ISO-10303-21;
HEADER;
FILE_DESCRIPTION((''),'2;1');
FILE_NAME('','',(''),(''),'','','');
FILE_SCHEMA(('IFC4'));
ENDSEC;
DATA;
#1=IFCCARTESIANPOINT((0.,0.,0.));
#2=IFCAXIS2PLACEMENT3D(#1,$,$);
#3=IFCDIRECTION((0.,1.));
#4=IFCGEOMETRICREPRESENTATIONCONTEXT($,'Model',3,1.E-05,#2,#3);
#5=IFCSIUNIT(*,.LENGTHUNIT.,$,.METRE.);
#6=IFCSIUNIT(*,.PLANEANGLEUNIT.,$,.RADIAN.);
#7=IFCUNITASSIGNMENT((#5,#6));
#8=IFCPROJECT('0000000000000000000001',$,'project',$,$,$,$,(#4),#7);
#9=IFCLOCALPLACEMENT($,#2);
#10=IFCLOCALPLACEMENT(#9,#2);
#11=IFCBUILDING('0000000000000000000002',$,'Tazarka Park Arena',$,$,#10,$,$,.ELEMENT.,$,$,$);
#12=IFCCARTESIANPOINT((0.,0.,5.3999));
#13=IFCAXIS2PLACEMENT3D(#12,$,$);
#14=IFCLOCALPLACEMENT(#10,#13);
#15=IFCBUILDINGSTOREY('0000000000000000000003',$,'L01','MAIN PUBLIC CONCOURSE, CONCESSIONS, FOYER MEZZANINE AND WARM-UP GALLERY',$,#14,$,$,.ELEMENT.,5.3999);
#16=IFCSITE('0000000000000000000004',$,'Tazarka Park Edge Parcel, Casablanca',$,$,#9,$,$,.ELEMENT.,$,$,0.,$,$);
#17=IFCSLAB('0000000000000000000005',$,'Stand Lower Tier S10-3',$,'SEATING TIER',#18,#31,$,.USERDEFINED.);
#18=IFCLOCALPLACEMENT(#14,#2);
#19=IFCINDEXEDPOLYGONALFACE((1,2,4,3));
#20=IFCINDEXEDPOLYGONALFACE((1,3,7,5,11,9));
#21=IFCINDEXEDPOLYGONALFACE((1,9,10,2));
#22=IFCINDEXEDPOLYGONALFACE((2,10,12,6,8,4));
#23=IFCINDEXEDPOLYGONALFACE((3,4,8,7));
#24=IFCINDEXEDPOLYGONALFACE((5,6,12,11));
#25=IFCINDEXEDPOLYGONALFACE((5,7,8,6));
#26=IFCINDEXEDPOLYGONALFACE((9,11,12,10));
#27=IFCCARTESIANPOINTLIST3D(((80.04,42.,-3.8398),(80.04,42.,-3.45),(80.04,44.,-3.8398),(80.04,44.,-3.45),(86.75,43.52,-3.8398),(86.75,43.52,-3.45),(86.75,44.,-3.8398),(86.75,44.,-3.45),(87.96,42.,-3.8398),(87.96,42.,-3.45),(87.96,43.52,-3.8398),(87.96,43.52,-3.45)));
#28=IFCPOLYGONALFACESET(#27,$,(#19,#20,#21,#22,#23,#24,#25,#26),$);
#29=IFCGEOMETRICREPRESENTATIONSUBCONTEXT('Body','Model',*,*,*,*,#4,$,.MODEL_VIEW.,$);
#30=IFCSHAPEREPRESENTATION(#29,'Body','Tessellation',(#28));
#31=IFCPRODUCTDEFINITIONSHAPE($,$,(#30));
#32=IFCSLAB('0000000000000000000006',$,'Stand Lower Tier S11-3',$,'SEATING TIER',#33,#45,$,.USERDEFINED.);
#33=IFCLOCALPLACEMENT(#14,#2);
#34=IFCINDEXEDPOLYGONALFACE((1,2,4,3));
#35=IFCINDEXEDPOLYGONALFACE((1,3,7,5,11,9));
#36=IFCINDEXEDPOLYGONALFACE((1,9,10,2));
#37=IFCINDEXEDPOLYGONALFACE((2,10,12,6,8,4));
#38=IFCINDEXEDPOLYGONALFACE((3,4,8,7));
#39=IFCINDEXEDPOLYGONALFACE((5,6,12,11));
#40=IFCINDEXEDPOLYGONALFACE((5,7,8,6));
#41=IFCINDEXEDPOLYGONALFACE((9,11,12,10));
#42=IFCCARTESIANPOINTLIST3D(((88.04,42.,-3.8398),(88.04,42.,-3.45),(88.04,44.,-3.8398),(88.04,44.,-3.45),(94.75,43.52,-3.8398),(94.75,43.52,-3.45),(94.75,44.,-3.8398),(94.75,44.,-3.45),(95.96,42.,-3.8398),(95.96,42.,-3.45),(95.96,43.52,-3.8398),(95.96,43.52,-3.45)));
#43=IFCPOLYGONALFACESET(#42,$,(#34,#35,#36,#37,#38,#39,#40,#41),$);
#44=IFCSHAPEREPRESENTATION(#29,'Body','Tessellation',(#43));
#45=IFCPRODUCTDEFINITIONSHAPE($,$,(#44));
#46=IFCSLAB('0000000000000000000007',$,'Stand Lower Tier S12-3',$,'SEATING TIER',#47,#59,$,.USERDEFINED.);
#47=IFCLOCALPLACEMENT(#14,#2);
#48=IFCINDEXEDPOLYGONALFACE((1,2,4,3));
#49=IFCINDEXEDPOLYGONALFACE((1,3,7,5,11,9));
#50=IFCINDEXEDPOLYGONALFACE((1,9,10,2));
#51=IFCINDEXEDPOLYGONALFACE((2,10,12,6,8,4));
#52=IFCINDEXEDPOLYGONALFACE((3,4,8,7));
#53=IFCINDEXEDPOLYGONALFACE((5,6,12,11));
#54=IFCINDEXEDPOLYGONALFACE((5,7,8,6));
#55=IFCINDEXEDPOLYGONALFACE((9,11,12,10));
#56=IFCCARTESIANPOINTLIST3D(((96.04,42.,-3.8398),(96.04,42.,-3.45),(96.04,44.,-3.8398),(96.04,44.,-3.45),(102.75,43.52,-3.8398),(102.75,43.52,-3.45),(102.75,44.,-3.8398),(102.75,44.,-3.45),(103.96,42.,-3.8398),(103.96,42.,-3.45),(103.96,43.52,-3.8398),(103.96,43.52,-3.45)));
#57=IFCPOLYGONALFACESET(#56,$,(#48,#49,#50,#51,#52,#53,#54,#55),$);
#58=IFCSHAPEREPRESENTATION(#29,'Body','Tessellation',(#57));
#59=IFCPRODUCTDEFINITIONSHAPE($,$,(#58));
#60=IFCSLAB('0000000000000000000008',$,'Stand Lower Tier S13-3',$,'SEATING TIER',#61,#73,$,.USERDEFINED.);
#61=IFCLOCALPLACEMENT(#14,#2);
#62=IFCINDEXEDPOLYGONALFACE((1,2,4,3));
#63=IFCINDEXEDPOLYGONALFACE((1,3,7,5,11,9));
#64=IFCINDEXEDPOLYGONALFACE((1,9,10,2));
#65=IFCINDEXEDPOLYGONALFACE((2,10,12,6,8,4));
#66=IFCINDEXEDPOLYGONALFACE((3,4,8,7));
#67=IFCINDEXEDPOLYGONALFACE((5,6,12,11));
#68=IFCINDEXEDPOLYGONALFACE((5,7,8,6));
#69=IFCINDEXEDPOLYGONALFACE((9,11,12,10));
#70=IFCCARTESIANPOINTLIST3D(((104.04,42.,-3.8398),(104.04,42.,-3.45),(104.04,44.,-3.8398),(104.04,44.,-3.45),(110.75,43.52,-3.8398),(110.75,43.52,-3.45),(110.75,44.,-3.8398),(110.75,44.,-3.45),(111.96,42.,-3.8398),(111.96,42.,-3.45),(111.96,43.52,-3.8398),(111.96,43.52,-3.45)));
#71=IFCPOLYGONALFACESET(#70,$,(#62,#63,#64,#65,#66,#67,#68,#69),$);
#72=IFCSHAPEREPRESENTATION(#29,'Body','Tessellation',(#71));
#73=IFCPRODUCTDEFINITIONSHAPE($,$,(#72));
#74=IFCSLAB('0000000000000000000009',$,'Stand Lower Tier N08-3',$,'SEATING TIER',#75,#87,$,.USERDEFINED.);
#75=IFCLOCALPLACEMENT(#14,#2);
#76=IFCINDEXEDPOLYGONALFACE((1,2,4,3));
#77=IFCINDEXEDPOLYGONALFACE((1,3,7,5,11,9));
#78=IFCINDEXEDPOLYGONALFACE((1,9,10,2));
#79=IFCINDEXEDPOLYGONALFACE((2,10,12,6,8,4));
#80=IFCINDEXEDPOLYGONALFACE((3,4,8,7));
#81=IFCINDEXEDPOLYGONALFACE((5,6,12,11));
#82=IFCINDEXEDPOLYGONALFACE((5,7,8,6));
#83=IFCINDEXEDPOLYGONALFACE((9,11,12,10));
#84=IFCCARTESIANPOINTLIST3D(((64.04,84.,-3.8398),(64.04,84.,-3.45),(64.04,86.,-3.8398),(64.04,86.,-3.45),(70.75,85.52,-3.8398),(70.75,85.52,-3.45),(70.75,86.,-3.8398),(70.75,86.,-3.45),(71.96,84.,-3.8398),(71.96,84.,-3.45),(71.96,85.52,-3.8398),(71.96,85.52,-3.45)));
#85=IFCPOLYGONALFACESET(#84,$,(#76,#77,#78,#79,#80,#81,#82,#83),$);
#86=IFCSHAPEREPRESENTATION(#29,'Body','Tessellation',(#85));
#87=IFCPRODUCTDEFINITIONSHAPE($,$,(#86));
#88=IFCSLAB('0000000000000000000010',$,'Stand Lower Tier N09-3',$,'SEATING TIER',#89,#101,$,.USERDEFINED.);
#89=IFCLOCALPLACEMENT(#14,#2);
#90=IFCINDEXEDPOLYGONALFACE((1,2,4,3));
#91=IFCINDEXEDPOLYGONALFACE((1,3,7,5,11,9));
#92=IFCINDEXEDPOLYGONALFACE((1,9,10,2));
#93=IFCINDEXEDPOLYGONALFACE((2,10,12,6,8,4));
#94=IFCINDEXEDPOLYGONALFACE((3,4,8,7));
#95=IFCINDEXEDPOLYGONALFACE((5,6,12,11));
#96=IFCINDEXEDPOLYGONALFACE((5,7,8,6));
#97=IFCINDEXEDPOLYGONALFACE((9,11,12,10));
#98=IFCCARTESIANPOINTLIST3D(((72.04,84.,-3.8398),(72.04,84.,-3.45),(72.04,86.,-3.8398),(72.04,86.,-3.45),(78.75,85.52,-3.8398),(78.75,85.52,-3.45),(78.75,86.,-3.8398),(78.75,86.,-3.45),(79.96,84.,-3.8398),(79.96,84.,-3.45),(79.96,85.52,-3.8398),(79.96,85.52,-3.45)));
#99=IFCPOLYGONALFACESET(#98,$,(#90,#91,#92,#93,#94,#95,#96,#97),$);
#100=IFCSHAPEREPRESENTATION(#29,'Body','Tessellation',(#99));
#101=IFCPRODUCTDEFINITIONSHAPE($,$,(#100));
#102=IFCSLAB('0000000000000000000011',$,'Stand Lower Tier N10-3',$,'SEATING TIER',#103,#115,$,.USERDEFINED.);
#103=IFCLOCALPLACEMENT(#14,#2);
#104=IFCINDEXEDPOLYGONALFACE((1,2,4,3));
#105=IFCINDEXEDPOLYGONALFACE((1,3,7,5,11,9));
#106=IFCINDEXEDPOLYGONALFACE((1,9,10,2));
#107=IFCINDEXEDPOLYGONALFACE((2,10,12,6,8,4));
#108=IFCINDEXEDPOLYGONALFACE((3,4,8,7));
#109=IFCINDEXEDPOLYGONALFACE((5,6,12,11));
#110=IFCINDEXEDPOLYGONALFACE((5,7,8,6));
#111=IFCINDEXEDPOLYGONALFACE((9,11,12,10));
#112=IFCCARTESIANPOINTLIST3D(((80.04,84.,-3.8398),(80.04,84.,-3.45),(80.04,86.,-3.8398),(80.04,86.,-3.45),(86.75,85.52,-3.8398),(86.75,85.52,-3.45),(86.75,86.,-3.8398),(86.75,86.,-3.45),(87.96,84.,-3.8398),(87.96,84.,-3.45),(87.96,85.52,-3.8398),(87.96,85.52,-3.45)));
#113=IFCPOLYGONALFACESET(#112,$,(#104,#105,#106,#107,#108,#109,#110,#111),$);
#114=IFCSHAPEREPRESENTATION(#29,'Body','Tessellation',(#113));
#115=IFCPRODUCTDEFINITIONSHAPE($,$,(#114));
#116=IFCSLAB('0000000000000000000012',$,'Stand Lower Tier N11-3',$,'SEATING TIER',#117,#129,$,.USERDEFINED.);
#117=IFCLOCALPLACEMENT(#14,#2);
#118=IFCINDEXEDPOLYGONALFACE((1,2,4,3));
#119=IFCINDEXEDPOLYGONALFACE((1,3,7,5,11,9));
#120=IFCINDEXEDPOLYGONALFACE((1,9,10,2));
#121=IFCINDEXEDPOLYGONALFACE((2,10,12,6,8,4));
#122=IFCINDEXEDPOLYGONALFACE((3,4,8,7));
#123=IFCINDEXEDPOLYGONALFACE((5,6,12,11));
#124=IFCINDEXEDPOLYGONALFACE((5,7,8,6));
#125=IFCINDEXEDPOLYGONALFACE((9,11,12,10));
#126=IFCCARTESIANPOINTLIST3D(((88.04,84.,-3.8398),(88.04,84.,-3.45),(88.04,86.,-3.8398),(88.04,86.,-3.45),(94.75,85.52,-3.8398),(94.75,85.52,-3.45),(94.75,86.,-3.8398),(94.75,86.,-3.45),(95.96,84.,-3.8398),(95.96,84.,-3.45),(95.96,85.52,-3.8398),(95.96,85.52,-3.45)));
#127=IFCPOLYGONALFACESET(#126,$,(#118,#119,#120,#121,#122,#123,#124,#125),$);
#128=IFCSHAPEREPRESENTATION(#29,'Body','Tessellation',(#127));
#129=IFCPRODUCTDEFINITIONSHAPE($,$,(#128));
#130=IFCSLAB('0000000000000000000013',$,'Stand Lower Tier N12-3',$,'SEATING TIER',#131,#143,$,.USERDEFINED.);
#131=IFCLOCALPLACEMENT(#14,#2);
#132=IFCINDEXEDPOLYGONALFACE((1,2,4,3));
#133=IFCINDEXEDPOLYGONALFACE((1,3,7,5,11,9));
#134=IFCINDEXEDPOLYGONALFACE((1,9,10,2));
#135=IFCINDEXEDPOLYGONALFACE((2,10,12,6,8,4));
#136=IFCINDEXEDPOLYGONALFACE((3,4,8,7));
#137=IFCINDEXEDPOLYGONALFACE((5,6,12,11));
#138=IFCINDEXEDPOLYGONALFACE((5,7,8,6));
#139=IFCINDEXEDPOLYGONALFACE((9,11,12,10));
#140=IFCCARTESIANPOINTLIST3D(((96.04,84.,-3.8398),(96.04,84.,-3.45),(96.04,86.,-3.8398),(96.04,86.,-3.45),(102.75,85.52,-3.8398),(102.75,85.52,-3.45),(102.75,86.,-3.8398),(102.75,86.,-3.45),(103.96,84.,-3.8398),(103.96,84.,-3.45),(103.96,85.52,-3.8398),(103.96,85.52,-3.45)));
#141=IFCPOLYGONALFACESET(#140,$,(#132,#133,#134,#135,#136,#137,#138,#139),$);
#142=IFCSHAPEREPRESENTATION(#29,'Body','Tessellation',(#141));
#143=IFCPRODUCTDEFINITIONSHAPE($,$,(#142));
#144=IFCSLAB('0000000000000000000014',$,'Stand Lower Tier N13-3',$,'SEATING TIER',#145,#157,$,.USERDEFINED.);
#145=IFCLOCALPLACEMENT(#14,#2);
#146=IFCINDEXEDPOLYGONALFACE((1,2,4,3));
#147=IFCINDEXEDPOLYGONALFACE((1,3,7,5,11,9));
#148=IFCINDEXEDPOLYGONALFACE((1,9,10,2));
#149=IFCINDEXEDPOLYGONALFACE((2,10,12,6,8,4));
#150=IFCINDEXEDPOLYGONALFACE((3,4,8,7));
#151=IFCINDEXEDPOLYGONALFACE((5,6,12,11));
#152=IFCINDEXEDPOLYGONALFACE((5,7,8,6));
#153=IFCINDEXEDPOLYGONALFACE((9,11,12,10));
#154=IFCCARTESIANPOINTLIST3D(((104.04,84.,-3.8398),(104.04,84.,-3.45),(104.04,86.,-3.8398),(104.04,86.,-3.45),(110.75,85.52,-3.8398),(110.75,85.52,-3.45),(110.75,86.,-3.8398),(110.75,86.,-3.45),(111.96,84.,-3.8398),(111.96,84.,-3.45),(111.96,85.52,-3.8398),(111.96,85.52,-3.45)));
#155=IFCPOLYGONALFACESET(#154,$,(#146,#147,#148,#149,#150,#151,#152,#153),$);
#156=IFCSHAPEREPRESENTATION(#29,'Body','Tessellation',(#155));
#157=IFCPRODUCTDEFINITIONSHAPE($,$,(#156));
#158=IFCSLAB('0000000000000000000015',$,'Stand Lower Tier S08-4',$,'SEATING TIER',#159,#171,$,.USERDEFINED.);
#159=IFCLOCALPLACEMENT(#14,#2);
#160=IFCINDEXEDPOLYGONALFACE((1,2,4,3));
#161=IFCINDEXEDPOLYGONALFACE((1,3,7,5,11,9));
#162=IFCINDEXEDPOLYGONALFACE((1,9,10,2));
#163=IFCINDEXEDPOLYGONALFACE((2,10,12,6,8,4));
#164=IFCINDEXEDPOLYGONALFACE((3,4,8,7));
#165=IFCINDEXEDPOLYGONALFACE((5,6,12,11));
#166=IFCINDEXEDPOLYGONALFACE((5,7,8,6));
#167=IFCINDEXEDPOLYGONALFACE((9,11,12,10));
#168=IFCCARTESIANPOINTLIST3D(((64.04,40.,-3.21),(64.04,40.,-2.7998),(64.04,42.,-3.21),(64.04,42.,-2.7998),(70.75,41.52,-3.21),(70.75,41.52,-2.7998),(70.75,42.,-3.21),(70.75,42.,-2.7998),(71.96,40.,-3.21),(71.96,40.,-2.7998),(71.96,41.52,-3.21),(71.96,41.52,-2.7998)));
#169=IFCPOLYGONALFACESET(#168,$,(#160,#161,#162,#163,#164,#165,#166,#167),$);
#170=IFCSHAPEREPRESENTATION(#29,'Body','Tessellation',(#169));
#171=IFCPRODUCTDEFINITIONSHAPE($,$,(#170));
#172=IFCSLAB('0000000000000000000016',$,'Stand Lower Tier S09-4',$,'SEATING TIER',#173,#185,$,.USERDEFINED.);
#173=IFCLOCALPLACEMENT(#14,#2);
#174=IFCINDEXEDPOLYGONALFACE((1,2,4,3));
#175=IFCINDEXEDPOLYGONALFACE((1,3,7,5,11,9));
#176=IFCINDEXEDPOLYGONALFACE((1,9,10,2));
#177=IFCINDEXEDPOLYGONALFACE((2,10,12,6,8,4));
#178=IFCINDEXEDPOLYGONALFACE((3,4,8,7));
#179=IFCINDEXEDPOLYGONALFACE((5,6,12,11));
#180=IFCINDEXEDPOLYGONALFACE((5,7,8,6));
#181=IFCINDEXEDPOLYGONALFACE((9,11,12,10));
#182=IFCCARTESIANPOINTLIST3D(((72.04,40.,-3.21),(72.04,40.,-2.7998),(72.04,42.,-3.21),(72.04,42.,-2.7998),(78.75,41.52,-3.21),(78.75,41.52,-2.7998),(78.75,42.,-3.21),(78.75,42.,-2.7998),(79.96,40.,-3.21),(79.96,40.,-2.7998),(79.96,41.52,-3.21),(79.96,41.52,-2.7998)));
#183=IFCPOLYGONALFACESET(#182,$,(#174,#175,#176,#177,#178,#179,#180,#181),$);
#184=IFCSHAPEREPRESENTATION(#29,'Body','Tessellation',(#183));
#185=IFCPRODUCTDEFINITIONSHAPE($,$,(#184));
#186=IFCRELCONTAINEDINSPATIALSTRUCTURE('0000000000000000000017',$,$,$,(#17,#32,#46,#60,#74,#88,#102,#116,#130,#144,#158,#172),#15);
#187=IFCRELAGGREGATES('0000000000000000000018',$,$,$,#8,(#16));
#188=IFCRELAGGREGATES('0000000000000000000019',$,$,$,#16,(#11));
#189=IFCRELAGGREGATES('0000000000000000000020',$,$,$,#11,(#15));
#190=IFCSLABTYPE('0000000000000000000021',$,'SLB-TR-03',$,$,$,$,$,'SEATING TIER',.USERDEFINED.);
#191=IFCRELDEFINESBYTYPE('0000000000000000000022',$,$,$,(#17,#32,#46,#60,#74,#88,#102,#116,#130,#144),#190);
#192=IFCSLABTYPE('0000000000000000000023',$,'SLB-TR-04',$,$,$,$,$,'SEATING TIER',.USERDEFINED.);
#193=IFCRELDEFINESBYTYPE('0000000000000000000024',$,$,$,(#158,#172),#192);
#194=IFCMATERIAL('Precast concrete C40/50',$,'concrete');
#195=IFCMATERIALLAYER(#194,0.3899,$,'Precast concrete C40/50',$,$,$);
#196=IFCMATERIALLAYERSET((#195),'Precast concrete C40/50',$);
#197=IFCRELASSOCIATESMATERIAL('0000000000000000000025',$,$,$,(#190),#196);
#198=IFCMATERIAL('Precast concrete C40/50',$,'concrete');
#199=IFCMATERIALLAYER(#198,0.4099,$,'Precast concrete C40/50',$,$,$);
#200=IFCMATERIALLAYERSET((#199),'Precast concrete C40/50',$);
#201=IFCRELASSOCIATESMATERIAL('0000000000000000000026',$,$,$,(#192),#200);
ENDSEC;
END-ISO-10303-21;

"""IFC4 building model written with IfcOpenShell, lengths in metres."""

from ifc_helpers import new_model, si_unit, direction, frame, origin, place, context, subcontext, project, spatial, polyline, outline, extrude, material, layer, layer_set, type_object, element, save


model = new_model("IFC4")

# Units and contexts
model_context = context("Model", 3, precision=1e-05, world=origin(), true_north=direction((0.0, 1.0)))
body_context = subcontext(model_context, "Body", "Model", "MODEL_VIEW")
ifc_project = project(units=[si_unit("LENGTHUNIT", "METRE"), si_unit("PLANEANGLEUNIT", "RADIAN")], contexts=[model_context])

# Site, building, storey
site_placement = place(None, origin())
site = spatial("IfcSite", under=ifc_project, at=site_placement, Name="Tazarka Park Edge Parcel, Casablanca", CompositionType="ELEMENT", RefElevation=0.0)
building_placement = place(site_placement, origin())
building = spatial("IfcBuilding", under=site, at=building_placement, Name="Tazarka Park Arena", CompositionType="ELEMENT")
storey_placement = place(building_placement, frame((0.0, 0.0, 5.3999)))
storey = spatial("IfcBuildingStorey", under=building, at=storey_placement, Name="L01", Description="MAIN PUBLIC CONCOURSE, CONCESSIONS, FOYER MEZZANINE AND WARM-UP GALLERY", CompositionType="ELEMENT", Elevation=5.3999)

# Slabs
ifc_material_1 = material(Name="Precast concrete C40/50", Category="concrete")
ifc_layer_1 = layer(ifc_material_1, 0.3899, Name="Precast concrete C40/50")
ifc_layer_set_1 = layer_set([ifc_layer_1], Name="Precast concrete C40/50")
slab_type_1 = type_object("IfcSlabType", Name="SLB-TR-03", ElementType="SEATING TIER", PredefinedType="USERDEFINED", material=ifc_layer_set_1)
slab_1_placement = place(storey_placement, frame((0.0, 0.0, -3.8398)))
element("IfcSlab", 1, at=slab_1_placement, inside=storey, type_object=slab_type_1, Name="Stand Lower Tier S10-3", ObjectType="SEATING TIER", PredefinedType="USERDEFINED", context=body_context, shape_type="SweptSolid", body=[
    extrude(outline(polyline([(80.04, 42.0), (87.96, 42.0), (87.96, 43.52), (86.75, 43.52), (86.75, 44.0), (80.04, 44.0), (80.04, 42.0)])), origin(), (0.0, 0.0, 1.0), 0.3899),
])
slab_2_placement = place(storey_placement, frame((0.0, 0.0, -3.8398)))
element("IfcSlab", 2, at=slab_2_placement, inside=storey, type_object=slab_type_1, Name="Stand Lower Tier S11-3", ObjectType="SEATING TIER", PredefinedType="USERDEFINED", context=body_context, shape_type="SweptSolid", body=[
    extrude(outline(polyline([(88.04, 42.0), (95.96, 42.0), (95.96, 43.52), (94.75, 43.52), (94.75, 44.0), (88.04, 44.0), (88.04, 42.0)])), origin(), (0.0, 0.0, 1.0), 0.3899),
])
slab_3_placement = place(storey_placement, frame((0.0, 0.0, -3.8398)))
element("IfcSlab", 3, at=slab_3_placement, inside=storey, type_object=slab_type_1, Name="Stand Lower Tier S12-3", ObjectType="SEATING TIER", PredefinedType="USERDEFINED", context=body_context, shape_type="SweptSolid", body=[
    extrude(outline(polyline([(96.04, 42.0), (103.96, 42.0), (103.96, 43.52), (102.75, 43.52), (102.75, 44.0), (96.04, 44.0), (96.04, 42.0)])), origin(), (0.0, 0.0, 1.0), 0.3899),
])
slab_4_placement = place(storey_placement, frame((0.0, 0.0, -3.8398)))
element("IfcSlab", 4, at=slab_4_placement, inside=storey, type_object=slab_type_1, Name="Stand Lower Tier S13-3", ObjectType="SEATING TIER", PredefinedType="USERDEFINED", context=body_context, shape_type="SweptSolid", body=[
    extrude(outline(polyline([(104.04, 42.0), (111.96, 42.0), (111.96, 43.52), (110.75, 43.52), (110.75, 44.0), (104.04, 44.0), (104.04, 42.0)])), origin(), (0.0, 0.0, 1.0), 0.3899),
])
slab_5_placement = place(storey_placement, frame((0.0, 0.0, -3.8398)))
element("IfcSlab", 5, at=slab_5_placement, inside=storey, type_object=slab_type_1, Name="Stand Lower Tier N08-3", ObjectType="SEATING TIER", PredefinedType="USERDEFINED", context=body_context, shape_type="SweptSolid", body=[
    extrude(outline(polyline([(64.04, 84.0), (71.96, 84.0), (71.96, 85.52), (70.75, 85.52), (70.75, 86.0), (64.04, 86.0), (64.04, 84.0)])), origin(), (0.0, 0.0, 1.0), 0.3899),
])
slab_6_placement = place(storey_placement, frame((0.0, 0.0, -3.8398)))
element("IfcSlab", 6, at=slab_6_placement, inside=storey, type_object=slab_type_1, Name="Stand Lower Tier N09-3", ObjectType="SEATING TIER", PredefinedType="USERDEFINED", context=body_context, shape_type="SweptSolid", body=[
    extrude(outline(polyline([(72.04, 84.0), (79.96, 84.0), (79.96, 85.52), (78.75, 85.52), (78.75, 86.0), (72.04, 86.0), (72.04, 84.0)])), origin(), (0.0, 0.0, 1.0), 0.3899),
])
slab_7_placement = place(storey_placement, frame((0.0, 0.0, -3.8398)))
element("IfcSlab", 7, at=slab_7_placement, inside=storey, type_object=slab_type_1, Name="Stand Lower Tier N10-3", ObjectType="SEATING TIER", PredefinedType="USERDEFINED", context=body_context, shape_type="SweptSolid", body=[
    extrude(outline(polyline([(80.04, 84.0), (87.96, 84.0), (87.96, 85.52), (86.75, 85.52), (86.75, 86.0), (80.04, 86.0), (80.04, 84.0)])), origin(), (0.0, 0.0, 1.0), 0.3899),
])
slab_8_placement = place(storey_placement, frame((0.0, 0.0, -3.8398)))
element("IfcSlab", 8, at=slab_8_placement, inside=storey, type_object=slab_type_1, Name="Stand Lower Tier N11-3", ObjectType="SEATING TIER", PredefinedType="USERDEFINED", context=body_context, shape_type="SweptSolid", body=[
    extrude(outline(polyline([(88.04, 84.0), (95.96, 84.0), (95.96, 85.52), (94.75, 85.52), (94.75, 86.0), (88.04, 86.0), (88.04, 84.0)])), origin(), (0.0, 0.0, 1.0), 0.3899),
])
slab_9_placement = place(storey_placement, frame((0.0, 0.0, -3.8398)))
element("IfcSlab", 9, at=slab_9_placement, inside=storey, type_object=slab_type_1, Name="Stand Lower Tier N12-3", ObjectType="SEATING TIER", PredefinedType="USERDEFINED", context=body_context, shape_type="SweptSolid", body=[
    extrude(outline(polyline([(96.04, 84.0), (103.96, 84.0), (103.96, 85.52), (102.75, 85.52), (102.75, 86.0), (96.04, 86.0), (96.04, 84.0)])), origin(), (0.0, 0.0, 1.0), 0.3899),
])
slab_10_placement = place(storey_placement, frame((0.0, 0.0, -3.8398)))
element("IfcSlab", 10, at=slab_10_placement, inside=storey, type_object=slab_type_1, Name="Stand Lower Tier N13-3", ObjectType="SEATING TIER", PredefinedType="USERDEFINED", context=body_context, shape_type="SweptSolid", body=[
    extrude(outline(polyline([(104.04, 84.0), (111.96, 84.0), (111.96, 85.52), (110.75, 85.52), (110.75, 86.0), (104.04, 86.0), (104.04, 84.0)])), origin(), (0.0, 0.0, 1.0), 0.3899),
])
ifc_material_2 = material(Name="Precast concrete C40/50", Category="concrete")
ifc_layer_2 = layer(ifc_material_2, 0.4099, Name="Precast concrete C40/50")
ifc_layer_set_2 = layer_set([ifc_layer_2], Name="Precast concrete C40/50")
slab_type_2 = type_object("IfcSlabType", Name="SLB-TR-04", ElementType="SEATING TIER", PredefinedType="USERDEFINED", material=ifc_layer_set_2)
slab_11_placement = place(storey_placement, frame((0.0, 0.0, -3.21)))
element("IfcSlab", 11, at=slab_11_placement, inside=storey, type_object=slab_type_2, Name="Stand Lower Tier S08-4", ObjectType="SEATING TIER", PredefinedType="USERDEFINED", context=body_context, shape_type="SweptSolid", body=[
    extrude(outline(polyline([(64.04, 40.0), (71.96, 40.0), (71.96, 41.52), (70.75, 41.52), (70.75, 42.0), (64.04, 42.0), (64.04, 40.0)])), origin(), (0.0, 0.0, 1.0), 0.4102),
])
slab_12_placement = place(storey_placement, frame((0.0, 0.0, -3.21)))
element("IfcSlab", 12, at=slab_12_placement, inside=storey, type_object=slab_type_2, Name="Stand Lower Tier S09-4", ObjectType="SEATING TIER", PredefinedType="USERDEFINED", context=body_context, shape_type="SweptSolid", body=[
    extrude(outline(polyline([(72.04, 40.0), (79.96, 40.0), (79.96, 41.52), (78.75, 41.52), (78.75, 42.0), (72.04, 42.0), (72.04, 40.0)])), origin(), (0.0, 0.0, 1.0), 0.4102),
])

save(model, "model.ifc")
